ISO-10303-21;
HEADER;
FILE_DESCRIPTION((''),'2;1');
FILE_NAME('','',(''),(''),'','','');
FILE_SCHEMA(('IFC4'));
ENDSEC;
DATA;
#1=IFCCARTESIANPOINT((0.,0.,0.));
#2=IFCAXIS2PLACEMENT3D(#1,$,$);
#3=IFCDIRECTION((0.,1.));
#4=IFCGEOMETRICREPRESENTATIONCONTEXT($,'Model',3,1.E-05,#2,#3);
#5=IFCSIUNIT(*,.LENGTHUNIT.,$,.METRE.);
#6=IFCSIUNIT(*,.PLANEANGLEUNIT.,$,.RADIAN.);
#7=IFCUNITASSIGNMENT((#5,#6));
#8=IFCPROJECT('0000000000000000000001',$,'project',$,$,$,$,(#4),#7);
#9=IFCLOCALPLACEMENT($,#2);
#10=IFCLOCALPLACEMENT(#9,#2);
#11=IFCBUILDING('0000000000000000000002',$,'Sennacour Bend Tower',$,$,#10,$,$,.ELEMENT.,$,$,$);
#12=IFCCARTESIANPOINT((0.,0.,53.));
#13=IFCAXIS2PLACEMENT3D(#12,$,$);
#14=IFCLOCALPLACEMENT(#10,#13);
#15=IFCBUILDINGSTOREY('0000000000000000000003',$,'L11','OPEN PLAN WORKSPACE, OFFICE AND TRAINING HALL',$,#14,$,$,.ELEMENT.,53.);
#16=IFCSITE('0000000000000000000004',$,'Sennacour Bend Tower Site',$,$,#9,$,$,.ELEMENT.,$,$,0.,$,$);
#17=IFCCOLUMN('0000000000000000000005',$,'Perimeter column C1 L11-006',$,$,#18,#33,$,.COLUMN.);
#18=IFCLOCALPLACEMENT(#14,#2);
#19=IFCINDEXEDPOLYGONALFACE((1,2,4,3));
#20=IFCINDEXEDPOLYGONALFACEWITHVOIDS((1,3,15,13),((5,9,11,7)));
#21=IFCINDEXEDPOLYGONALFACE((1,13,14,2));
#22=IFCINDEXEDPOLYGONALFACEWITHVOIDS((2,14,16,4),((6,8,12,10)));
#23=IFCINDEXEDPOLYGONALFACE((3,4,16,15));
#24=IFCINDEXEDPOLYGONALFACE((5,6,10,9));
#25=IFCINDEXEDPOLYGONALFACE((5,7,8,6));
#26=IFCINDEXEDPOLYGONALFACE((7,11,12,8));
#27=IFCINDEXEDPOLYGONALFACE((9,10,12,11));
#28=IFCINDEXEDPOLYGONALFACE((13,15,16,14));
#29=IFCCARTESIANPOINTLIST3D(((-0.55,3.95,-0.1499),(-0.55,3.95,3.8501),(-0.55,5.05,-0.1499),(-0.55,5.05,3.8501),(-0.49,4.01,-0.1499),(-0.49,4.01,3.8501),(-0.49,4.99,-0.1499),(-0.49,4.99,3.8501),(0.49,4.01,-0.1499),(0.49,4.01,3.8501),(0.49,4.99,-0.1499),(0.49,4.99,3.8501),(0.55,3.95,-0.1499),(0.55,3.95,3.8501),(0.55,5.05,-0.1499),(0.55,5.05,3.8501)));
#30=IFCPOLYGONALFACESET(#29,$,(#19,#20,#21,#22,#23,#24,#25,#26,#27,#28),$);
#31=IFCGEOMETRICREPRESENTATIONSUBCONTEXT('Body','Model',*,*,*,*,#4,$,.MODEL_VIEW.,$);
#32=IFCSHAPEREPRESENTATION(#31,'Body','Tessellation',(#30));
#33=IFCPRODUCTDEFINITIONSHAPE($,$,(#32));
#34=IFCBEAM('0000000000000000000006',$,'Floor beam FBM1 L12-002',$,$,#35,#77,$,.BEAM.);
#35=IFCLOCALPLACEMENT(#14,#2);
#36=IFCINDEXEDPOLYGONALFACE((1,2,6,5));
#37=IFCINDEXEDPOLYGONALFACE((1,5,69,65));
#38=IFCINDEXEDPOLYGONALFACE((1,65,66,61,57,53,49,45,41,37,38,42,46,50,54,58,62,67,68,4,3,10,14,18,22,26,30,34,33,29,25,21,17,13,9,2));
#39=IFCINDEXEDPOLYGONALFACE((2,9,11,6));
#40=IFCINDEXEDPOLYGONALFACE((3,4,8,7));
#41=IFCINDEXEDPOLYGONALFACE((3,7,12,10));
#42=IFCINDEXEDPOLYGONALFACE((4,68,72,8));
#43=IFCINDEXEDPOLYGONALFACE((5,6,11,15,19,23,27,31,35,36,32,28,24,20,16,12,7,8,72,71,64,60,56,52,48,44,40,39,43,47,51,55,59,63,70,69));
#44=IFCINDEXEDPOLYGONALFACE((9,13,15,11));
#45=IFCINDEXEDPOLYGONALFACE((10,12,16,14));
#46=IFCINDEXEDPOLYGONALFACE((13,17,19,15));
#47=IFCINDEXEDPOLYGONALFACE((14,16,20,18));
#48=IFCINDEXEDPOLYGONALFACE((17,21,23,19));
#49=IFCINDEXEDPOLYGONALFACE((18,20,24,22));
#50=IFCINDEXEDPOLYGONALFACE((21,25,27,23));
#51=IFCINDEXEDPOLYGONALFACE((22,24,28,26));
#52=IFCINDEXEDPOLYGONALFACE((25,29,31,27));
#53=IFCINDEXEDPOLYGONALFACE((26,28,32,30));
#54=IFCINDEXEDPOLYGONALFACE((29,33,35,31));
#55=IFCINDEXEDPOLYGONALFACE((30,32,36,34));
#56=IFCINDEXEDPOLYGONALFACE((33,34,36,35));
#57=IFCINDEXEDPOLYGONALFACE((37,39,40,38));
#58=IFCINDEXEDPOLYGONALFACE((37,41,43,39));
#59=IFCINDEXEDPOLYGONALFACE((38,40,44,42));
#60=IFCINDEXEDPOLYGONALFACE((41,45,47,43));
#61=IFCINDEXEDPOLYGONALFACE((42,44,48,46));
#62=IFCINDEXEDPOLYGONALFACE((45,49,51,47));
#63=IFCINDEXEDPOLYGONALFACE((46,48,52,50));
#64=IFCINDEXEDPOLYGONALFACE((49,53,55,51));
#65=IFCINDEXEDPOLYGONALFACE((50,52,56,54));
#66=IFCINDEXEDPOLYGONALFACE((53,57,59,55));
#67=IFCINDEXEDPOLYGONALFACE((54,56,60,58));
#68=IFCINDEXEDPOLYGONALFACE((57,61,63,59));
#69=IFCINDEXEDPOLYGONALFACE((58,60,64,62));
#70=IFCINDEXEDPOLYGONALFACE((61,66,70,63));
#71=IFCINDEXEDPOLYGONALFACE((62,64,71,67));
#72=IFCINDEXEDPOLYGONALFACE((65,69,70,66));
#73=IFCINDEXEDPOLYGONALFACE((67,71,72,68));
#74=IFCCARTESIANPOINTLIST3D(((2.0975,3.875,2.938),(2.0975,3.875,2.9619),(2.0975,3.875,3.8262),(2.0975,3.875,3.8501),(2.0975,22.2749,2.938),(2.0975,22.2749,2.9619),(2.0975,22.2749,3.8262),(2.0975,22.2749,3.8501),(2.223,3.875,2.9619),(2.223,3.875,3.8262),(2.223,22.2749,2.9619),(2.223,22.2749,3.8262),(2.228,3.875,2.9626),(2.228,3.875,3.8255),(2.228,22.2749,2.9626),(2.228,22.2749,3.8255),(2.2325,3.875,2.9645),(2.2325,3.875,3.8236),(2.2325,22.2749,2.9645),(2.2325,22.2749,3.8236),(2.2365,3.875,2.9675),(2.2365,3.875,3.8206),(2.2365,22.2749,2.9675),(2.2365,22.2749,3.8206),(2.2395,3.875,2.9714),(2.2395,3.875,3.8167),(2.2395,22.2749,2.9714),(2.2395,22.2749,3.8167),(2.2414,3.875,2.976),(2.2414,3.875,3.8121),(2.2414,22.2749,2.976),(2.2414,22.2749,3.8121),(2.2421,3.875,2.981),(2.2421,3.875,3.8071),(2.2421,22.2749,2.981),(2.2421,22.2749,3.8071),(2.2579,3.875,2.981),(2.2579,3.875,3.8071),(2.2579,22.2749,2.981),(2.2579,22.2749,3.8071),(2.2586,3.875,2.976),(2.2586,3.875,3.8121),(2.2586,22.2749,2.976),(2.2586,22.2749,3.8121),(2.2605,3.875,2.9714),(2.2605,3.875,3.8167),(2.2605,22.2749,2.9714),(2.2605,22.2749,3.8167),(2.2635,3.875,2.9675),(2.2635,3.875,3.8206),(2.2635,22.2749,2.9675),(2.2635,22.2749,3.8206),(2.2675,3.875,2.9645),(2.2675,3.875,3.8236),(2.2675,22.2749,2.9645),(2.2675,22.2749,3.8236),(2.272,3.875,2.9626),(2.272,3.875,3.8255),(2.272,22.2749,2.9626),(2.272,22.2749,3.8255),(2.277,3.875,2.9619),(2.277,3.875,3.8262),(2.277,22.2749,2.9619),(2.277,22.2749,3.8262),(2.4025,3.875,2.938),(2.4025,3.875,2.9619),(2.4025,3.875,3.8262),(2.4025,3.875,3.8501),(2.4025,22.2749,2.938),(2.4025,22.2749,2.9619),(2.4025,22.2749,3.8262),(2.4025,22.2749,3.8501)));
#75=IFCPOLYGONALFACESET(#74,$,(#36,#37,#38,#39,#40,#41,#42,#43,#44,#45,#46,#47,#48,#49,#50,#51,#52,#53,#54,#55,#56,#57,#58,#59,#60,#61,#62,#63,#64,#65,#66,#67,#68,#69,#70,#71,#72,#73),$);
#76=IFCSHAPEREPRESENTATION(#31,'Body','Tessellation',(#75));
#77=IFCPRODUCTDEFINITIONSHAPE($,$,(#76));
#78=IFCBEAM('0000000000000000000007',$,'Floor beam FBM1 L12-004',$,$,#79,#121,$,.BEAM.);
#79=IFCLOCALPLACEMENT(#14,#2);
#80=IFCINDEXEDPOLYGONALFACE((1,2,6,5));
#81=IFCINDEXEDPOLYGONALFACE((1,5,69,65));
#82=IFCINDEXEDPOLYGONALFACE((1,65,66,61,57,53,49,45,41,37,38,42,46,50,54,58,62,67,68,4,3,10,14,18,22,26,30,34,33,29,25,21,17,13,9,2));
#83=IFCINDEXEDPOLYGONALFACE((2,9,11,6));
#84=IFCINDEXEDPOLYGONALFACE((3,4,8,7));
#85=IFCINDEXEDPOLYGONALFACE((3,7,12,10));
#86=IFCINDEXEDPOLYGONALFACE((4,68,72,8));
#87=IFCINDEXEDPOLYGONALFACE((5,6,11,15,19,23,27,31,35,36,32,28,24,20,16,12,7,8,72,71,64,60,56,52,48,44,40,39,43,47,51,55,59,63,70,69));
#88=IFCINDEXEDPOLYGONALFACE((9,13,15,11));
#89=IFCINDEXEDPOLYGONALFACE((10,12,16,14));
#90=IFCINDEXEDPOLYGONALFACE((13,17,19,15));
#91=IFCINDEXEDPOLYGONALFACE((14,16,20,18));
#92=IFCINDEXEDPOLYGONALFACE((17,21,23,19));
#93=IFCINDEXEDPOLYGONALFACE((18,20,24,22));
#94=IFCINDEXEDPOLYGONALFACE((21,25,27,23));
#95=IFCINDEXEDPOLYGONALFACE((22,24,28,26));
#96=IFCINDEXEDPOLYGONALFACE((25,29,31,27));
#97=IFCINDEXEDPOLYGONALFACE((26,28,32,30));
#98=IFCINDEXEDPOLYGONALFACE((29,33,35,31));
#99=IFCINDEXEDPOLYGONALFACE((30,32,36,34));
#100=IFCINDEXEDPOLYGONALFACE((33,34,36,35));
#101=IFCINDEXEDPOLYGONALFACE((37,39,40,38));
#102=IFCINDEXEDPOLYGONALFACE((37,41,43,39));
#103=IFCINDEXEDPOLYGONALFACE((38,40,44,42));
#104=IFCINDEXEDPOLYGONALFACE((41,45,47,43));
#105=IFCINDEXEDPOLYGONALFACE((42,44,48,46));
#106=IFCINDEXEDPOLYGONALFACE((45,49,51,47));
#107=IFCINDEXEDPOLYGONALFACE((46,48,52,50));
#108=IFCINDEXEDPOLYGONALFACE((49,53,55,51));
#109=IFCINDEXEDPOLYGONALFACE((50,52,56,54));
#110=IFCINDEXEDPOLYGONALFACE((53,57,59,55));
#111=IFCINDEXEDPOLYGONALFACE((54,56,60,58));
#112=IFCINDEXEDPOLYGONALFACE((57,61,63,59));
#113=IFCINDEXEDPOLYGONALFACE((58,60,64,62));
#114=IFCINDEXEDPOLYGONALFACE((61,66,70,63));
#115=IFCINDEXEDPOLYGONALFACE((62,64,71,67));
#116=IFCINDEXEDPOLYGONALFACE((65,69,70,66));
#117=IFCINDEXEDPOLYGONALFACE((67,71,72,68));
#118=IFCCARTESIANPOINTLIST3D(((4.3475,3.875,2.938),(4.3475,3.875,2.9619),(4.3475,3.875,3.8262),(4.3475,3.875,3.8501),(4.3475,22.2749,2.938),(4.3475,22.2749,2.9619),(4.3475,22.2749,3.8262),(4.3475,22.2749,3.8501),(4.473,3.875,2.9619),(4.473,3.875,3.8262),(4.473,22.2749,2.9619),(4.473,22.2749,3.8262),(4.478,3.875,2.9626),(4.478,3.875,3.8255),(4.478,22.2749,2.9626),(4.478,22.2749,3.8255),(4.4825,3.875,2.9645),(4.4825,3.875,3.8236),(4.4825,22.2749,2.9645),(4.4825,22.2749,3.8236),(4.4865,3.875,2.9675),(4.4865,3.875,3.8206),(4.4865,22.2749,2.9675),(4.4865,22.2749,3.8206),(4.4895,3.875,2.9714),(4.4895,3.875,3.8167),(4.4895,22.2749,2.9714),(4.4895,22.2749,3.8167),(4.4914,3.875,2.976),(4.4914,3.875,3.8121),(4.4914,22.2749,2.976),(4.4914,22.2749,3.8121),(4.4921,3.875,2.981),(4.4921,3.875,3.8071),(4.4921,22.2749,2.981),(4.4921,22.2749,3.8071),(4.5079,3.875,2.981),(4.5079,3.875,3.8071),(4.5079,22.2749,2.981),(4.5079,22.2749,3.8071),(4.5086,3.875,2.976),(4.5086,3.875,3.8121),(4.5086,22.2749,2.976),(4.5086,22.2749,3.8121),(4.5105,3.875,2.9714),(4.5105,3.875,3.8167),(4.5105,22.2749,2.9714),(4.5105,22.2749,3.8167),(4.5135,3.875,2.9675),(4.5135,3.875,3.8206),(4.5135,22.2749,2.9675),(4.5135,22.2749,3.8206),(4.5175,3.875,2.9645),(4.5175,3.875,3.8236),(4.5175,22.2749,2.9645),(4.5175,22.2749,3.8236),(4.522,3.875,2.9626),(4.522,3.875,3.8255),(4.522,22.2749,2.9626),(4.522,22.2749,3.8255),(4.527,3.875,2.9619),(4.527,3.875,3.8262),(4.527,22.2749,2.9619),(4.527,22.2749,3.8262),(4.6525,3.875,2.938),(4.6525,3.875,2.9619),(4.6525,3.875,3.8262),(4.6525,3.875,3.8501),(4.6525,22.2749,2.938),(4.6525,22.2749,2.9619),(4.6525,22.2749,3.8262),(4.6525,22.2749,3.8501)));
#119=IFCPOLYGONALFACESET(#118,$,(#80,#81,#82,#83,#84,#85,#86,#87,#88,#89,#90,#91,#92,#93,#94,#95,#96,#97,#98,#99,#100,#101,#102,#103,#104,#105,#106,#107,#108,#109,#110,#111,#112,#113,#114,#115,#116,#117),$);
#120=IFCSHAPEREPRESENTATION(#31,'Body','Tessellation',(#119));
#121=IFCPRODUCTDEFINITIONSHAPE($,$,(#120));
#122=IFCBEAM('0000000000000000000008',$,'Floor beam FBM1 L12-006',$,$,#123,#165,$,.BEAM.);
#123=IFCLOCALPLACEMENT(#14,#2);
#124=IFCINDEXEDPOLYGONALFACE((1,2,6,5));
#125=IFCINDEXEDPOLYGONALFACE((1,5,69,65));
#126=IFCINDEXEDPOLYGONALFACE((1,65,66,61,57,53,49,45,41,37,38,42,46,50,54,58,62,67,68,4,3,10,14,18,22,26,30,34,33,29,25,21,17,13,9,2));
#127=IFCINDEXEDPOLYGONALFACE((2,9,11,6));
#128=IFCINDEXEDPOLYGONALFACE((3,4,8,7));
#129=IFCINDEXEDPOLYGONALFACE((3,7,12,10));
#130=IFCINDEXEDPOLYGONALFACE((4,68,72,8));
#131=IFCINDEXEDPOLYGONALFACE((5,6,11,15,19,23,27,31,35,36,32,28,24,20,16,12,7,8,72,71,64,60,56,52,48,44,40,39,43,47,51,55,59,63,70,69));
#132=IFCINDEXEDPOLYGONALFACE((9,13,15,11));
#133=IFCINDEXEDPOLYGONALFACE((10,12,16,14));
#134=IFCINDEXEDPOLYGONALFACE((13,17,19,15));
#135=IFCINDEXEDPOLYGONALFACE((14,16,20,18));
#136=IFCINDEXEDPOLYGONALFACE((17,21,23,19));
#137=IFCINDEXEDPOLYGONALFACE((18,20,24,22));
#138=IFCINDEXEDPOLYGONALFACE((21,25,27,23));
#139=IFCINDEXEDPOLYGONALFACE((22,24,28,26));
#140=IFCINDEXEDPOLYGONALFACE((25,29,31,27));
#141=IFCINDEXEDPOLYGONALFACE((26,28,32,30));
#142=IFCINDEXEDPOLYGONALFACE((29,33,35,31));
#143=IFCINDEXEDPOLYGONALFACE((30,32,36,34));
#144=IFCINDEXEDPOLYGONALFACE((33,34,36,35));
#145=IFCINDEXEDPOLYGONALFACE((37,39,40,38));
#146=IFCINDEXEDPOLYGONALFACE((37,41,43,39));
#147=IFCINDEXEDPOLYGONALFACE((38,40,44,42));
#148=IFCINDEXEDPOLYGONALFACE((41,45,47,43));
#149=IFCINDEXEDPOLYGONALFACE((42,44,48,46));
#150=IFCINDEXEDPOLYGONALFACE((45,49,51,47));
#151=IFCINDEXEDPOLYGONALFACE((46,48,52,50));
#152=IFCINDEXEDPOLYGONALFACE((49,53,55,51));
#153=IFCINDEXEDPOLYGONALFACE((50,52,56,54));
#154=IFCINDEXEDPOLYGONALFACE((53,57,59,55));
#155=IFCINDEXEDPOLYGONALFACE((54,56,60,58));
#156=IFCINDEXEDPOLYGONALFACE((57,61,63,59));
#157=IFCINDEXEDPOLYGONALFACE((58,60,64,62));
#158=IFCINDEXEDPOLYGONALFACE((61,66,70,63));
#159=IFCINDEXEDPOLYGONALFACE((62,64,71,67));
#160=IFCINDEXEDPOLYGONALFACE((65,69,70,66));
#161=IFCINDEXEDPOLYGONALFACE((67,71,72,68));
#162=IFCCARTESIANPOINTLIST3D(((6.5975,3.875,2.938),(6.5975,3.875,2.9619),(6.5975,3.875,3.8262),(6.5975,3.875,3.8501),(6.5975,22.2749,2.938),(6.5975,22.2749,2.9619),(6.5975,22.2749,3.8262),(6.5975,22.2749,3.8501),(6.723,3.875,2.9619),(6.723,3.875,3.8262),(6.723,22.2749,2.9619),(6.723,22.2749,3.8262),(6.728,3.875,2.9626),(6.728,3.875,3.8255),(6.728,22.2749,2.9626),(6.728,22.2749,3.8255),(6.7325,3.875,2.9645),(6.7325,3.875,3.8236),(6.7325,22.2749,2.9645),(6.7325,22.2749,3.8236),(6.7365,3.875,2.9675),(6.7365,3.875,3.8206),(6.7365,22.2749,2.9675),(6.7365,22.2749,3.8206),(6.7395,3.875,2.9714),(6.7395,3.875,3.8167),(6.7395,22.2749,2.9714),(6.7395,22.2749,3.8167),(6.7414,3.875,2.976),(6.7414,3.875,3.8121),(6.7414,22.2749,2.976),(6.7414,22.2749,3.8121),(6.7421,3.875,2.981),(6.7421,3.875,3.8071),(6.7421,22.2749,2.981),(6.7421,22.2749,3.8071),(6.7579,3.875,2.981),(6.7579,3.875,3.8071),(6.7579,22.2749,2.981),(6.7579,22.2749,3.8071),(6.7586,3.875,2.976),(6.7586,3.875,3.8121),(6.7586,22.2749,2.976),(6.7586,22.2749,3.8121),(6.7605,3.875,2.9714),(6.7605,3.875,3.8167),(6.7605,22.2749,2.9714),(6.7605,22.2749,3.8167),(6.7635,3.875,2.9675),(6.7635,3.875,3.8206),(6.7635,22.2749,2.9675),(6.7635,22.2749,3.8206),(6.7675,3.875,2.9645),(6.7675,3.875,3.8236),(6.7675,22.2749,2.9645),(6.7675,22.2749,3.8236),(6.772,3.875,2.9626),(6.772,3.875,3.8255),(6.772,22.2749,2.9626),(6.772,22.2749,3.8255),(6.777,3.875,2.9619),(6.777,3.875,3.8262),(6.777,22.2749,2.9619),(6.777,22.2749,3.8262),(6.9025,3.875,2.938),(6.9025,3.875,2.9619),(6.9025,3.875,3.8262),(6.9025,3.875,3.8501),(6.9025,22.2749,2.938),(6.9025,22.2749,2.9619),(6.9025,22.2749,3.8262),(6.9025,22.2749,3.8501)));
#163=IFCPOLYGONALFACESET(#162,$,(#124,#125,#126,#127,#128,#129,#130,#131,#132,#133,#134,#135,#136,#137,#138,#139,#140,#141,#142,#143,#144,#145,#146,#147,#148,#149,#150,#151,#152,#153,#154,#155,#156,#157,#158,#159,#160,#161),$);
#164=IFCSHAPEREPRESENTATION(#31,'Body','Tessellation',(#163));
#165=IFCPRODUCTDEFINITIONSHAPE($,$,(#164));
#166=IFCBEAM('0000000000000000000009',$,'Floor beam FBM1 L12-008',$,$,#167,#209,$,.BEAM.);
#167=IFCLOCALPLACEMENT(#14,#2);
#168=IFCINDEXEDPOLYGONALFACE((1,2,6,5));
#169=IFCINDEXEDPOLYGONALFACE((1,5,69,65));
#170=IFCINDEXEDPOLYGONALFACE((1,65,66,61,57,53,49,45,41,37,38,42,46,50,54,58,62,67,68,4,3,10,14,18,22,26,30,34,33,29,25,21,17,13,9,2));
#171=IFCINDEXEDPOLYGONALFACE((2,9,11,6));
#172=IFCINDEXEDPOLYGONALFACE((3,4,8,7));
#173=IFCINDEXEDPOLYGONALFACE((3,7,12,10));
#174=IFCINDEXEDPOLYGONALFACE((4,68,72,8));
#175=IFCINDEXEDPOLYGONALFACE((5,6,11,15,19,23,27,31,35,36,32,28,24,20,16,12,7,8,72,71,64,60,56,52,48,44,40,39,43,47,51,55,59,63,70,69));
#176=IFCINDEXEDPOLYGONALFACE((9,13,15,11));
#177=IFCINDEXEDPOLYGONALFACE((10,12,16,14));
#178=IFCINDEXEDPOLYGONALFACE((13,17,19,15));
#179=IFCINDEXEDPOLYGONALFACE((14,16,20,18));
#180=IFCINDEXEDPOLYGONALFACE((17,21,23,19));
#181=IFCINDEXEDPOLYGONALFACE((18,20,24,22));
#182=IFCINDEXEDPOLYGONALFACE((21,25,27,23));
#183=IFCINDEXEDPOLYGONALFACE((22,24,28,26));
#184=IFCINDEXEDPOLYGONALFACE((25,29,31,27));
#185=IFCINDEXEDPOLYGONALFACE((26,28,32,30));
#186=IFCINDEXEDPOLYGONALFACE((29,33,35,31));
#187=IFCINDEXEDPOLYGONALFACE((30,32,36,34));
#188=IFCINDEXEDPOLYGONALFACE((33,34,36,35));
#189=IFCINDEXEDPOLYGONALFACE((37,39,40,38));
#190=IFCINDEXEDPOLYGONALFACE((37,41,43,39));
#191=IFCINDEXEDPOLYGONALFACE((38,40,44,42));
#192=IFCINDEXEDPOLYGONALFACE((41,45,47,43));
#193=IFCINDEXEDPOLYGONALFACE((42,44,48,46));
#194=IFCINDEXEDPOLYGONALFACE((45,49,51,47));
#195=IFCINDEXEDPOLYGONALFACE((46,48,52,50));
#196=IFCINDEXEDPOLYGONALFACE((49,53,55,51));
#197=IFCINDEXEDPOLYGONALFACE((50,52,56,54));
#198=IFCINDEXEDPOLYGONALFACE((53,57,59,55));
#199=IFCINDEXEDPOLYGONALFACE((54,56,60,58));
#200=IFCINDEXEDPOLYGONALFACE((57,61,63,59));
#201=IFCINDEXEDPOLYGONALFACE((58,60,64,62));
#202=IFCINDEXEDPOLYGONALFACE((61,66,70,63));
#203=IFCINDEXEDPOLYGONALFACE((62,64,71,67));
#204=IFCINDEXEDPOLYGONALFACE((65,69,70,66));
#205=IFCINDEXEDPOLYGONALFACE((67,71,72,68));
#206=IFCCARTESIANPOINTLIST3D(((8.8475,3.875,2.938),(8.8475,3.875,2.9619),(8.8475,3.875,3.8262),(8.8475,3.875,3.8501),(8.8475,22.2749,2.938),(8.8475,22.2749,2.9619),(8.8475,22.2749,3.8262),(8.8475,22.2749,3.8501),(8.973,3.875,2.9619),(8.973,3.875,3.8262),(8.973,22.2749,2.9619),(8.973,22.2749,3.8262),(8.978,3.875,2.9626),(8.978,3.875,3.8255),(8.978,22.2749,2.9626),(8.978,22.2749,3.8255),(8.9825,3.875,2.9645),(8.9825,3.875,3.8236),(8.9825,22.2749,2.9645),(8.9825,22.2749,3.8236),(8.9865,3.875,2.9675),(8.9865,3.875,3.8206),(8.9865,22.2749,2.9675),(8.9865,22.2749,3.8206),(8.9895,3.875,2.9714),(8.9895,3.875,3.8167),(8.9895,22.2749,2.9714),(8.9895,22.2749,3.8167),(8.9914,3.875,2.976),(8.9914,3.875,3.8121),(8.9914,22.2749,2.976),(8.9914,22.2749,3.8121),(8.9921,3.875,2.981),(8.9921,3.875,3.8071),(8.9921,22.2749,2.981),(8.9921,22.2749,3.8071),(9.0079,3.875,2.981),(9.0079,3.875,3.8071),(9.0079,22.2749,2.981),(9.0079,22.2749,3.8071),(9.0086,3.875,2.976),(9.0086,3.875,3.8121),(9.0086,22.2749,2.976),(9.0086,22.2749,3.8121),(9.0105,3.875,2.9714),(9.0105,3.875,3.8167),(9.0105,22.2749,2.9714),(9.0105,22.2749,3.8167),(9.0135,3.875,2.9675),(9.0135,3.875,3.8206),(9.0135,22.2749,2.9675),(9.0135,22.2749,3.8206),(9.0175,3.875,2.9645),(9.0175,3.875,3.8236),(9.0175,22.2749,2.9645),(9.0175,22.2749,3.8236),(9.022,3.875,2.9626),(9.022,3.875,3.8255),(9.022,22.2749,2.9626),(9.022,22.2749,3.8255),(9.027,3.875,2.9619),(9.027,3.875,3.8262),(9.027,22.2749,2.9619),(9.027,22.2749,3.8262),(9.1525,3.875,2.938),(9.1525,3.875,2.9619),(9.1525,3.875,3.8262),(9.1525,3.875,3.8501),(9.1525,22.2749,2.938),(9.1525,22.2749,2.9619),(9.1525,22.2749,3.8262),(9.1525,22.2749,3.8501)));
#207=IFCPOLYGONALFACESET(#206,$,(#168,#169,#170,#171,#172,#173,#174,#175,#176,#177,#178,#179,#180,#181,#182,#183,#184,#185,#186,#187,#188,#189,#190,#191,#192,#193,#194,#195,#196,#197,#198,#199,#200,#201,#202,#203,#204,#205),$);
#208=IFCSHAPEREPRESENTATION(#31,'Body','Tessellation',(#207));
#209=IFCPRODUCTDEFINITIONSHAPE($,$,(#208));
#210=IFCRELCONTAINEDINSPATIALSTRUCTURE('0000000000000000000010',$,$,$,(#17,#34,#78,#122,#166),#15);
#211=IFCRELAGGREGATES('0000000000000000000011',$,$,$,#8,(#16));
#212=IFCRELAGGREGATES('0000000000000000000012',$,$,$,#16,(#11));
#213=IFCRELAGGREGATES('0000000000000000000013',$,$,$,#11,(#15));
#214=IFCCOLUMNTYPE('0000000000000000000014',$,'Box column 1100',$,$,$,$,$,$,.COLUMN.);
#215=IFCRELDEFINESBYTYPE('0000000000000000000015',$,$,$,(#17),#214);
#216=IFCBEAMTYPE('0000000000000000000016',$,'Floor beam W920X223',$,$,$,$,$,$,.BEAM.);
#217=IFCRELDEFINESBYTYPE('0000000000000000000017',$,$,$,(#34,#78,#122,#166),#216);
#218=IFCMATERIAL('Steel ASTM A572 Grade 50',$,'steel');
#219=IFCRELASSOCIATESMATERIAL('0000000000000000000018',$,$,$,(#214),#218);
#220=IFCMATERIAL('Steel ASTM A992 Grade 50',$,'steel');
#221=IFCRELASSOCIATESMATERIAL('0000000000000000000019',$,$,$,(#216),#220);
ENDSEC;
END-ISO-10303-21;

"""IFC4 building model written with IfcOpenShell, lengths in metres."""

from ifc_helpers import new_model, si_unit, direction, frame, origin, origin_2d, place, context, subcontext, project, spatial, hollow_rectangle, i_section, extrude, material, material_profile, profile_set, type_object, element, save


model = new_model("IFC4")

# Units and contexts
model_context = context("Model", 3, precision=1e-05, world=origin(), true_north=direction((0.0, 1.0)))
body_context = subcontext(model_context, "Body", "Model", "MODEL_VIEW")
ifc_project = project(units=[si_unit("LENGTHUNIT", "METRE"), si_unit("PLANEANGLEUNIT", "RADIAN")], contexts=[model_context])

# Site, building, storey
site_placement = place(None, origin())
site = spatial("IfcSite", under=ifc_project, at=site_placement, Name="Sennacour Bend Tower Site", CompositionType="ELEMENT", RefElevation=0.0)
building_placement = place(site_placement, origin())
building = spatial("IfcBuilding", under=site, at=building_placement, Name="Sennacour Bend Tower", CompositionType="ELEMENT")
storey_placement = place(building_placement, frame((0.0, 0.0, 53.0)))
storey = spatial("IfcBuildingStorey", under=building, at=storey_placement, Name="L11", Description="OPEN PLAN WORKSPACE, OFFICE AND TRAINING HALL", CompositionType="ELEMENT", Elevation=53.0)

# Column
ifc_material_1 = material(Name="Steel ASTM A572 Grade 50", Category="steel")
ifc_material_profile_1 = material_profile(ifc_material_1, hollow_rectangle(XDim=1.1001, YDim=1.1001, WallThickness=0.0601, at=origin_2d()), Name="Steel ASTM A572 Grade 50", Category="steel")
ifc_profile_set_1 = profile_set([ifc_material_profile_1], Name="Steel ASTM A572 Grade 50")
column_type = type_object("IfcColumnType", Name="Box column 1100", PredefinedType="COLUMN", material=ifc_profile_set_1)
column_placement = place(storey_placement, frame((0.0, 4.5, -0.1499), z_axis=(0.0, 0.0, 1.0), x_axis=(1.0, 0.0, 0.0)))
element("IfcColumn", 1, at=column_placement, inside=storey, type_object=column_type, Name="Perimeter column C1 L11-006", PredefinedType="COLUMN", context=body_context, shape_type="SweptSolid", body=[
    extrude(hollow_rectangle(XDim=1.1001, YDim=1.1001, WallThickness=0.0601, at=origin_2d()), origin(), (0.0, 0.0, 1.0), 4.0),
])

# Beams
ifc_material_2 = material(Name="Steel ASTM A992 Grade 50", Category="steel")
ifc_material_profile_2 = material_profile(ifc_material_2, i_section(OverallWidth=0.3049, OverallDepth=0.9121, WebThickness=0.0159, FlangeThickness=0.0239, FilletRadius=0.019, at=origin_2d()), Name="Steel ASTM A992 Grade 50", Category="steel")
ifc_profile_set_2 = profile_set([ifc_material_profile_2], Name="Steel ASTM A992 Grade 50")
beam_type_1 = type_object("IfcBeamType", Name="Floor beam W920X223", PredefinedType="BEAM", material=ifc_profile_set_2)
for number, where, z_axis, x_axis, name in (
    (2, (2.25, 3.875, 3.394), (0.0, 1.0, 0.0), (-1.0, 0.0, 0.0), "Floor beam FBM1 L12-002"),
    (3, (4.5, 3.875, 3.394), (0.0, 1.0, 0.0), (-1.0, 0.0, 0.0), "Floor beam FBM1 L12-004"),
    (4, (6.75, 3.875, 3.394), (0.0, 1.0, 0.0), (-1.0, 0.0, 0.0), "Floor beam FBM1 L12-006"),
    (5, (9.0, 3.875, 3.394), (0.0, 1.0, 0.0), (-1.0, 0.0, 0.0), "Floor beam FBM1 L12-008"),
):
    element("IfcBeam", number, at=place(storey_placement, frame(where, z_axis=z_axis, x_axis=x_axis)), inside=storey, type_object=beam_type_1, Name=name, PredefinedType="BEAM", context=body_context, shape_type="SweptSolid", body=[
        extrude(i_section(OverallWidth=0.3049, OverallDepth=0.9121, WebThickness=0.0159, FlangeThickness=0.0239, FilletRadius=0.019, at=origin_2d()), origin(), (0.0, 0.0, 1.0), 18.3999),
    ])

save(model, "model.ifc")
